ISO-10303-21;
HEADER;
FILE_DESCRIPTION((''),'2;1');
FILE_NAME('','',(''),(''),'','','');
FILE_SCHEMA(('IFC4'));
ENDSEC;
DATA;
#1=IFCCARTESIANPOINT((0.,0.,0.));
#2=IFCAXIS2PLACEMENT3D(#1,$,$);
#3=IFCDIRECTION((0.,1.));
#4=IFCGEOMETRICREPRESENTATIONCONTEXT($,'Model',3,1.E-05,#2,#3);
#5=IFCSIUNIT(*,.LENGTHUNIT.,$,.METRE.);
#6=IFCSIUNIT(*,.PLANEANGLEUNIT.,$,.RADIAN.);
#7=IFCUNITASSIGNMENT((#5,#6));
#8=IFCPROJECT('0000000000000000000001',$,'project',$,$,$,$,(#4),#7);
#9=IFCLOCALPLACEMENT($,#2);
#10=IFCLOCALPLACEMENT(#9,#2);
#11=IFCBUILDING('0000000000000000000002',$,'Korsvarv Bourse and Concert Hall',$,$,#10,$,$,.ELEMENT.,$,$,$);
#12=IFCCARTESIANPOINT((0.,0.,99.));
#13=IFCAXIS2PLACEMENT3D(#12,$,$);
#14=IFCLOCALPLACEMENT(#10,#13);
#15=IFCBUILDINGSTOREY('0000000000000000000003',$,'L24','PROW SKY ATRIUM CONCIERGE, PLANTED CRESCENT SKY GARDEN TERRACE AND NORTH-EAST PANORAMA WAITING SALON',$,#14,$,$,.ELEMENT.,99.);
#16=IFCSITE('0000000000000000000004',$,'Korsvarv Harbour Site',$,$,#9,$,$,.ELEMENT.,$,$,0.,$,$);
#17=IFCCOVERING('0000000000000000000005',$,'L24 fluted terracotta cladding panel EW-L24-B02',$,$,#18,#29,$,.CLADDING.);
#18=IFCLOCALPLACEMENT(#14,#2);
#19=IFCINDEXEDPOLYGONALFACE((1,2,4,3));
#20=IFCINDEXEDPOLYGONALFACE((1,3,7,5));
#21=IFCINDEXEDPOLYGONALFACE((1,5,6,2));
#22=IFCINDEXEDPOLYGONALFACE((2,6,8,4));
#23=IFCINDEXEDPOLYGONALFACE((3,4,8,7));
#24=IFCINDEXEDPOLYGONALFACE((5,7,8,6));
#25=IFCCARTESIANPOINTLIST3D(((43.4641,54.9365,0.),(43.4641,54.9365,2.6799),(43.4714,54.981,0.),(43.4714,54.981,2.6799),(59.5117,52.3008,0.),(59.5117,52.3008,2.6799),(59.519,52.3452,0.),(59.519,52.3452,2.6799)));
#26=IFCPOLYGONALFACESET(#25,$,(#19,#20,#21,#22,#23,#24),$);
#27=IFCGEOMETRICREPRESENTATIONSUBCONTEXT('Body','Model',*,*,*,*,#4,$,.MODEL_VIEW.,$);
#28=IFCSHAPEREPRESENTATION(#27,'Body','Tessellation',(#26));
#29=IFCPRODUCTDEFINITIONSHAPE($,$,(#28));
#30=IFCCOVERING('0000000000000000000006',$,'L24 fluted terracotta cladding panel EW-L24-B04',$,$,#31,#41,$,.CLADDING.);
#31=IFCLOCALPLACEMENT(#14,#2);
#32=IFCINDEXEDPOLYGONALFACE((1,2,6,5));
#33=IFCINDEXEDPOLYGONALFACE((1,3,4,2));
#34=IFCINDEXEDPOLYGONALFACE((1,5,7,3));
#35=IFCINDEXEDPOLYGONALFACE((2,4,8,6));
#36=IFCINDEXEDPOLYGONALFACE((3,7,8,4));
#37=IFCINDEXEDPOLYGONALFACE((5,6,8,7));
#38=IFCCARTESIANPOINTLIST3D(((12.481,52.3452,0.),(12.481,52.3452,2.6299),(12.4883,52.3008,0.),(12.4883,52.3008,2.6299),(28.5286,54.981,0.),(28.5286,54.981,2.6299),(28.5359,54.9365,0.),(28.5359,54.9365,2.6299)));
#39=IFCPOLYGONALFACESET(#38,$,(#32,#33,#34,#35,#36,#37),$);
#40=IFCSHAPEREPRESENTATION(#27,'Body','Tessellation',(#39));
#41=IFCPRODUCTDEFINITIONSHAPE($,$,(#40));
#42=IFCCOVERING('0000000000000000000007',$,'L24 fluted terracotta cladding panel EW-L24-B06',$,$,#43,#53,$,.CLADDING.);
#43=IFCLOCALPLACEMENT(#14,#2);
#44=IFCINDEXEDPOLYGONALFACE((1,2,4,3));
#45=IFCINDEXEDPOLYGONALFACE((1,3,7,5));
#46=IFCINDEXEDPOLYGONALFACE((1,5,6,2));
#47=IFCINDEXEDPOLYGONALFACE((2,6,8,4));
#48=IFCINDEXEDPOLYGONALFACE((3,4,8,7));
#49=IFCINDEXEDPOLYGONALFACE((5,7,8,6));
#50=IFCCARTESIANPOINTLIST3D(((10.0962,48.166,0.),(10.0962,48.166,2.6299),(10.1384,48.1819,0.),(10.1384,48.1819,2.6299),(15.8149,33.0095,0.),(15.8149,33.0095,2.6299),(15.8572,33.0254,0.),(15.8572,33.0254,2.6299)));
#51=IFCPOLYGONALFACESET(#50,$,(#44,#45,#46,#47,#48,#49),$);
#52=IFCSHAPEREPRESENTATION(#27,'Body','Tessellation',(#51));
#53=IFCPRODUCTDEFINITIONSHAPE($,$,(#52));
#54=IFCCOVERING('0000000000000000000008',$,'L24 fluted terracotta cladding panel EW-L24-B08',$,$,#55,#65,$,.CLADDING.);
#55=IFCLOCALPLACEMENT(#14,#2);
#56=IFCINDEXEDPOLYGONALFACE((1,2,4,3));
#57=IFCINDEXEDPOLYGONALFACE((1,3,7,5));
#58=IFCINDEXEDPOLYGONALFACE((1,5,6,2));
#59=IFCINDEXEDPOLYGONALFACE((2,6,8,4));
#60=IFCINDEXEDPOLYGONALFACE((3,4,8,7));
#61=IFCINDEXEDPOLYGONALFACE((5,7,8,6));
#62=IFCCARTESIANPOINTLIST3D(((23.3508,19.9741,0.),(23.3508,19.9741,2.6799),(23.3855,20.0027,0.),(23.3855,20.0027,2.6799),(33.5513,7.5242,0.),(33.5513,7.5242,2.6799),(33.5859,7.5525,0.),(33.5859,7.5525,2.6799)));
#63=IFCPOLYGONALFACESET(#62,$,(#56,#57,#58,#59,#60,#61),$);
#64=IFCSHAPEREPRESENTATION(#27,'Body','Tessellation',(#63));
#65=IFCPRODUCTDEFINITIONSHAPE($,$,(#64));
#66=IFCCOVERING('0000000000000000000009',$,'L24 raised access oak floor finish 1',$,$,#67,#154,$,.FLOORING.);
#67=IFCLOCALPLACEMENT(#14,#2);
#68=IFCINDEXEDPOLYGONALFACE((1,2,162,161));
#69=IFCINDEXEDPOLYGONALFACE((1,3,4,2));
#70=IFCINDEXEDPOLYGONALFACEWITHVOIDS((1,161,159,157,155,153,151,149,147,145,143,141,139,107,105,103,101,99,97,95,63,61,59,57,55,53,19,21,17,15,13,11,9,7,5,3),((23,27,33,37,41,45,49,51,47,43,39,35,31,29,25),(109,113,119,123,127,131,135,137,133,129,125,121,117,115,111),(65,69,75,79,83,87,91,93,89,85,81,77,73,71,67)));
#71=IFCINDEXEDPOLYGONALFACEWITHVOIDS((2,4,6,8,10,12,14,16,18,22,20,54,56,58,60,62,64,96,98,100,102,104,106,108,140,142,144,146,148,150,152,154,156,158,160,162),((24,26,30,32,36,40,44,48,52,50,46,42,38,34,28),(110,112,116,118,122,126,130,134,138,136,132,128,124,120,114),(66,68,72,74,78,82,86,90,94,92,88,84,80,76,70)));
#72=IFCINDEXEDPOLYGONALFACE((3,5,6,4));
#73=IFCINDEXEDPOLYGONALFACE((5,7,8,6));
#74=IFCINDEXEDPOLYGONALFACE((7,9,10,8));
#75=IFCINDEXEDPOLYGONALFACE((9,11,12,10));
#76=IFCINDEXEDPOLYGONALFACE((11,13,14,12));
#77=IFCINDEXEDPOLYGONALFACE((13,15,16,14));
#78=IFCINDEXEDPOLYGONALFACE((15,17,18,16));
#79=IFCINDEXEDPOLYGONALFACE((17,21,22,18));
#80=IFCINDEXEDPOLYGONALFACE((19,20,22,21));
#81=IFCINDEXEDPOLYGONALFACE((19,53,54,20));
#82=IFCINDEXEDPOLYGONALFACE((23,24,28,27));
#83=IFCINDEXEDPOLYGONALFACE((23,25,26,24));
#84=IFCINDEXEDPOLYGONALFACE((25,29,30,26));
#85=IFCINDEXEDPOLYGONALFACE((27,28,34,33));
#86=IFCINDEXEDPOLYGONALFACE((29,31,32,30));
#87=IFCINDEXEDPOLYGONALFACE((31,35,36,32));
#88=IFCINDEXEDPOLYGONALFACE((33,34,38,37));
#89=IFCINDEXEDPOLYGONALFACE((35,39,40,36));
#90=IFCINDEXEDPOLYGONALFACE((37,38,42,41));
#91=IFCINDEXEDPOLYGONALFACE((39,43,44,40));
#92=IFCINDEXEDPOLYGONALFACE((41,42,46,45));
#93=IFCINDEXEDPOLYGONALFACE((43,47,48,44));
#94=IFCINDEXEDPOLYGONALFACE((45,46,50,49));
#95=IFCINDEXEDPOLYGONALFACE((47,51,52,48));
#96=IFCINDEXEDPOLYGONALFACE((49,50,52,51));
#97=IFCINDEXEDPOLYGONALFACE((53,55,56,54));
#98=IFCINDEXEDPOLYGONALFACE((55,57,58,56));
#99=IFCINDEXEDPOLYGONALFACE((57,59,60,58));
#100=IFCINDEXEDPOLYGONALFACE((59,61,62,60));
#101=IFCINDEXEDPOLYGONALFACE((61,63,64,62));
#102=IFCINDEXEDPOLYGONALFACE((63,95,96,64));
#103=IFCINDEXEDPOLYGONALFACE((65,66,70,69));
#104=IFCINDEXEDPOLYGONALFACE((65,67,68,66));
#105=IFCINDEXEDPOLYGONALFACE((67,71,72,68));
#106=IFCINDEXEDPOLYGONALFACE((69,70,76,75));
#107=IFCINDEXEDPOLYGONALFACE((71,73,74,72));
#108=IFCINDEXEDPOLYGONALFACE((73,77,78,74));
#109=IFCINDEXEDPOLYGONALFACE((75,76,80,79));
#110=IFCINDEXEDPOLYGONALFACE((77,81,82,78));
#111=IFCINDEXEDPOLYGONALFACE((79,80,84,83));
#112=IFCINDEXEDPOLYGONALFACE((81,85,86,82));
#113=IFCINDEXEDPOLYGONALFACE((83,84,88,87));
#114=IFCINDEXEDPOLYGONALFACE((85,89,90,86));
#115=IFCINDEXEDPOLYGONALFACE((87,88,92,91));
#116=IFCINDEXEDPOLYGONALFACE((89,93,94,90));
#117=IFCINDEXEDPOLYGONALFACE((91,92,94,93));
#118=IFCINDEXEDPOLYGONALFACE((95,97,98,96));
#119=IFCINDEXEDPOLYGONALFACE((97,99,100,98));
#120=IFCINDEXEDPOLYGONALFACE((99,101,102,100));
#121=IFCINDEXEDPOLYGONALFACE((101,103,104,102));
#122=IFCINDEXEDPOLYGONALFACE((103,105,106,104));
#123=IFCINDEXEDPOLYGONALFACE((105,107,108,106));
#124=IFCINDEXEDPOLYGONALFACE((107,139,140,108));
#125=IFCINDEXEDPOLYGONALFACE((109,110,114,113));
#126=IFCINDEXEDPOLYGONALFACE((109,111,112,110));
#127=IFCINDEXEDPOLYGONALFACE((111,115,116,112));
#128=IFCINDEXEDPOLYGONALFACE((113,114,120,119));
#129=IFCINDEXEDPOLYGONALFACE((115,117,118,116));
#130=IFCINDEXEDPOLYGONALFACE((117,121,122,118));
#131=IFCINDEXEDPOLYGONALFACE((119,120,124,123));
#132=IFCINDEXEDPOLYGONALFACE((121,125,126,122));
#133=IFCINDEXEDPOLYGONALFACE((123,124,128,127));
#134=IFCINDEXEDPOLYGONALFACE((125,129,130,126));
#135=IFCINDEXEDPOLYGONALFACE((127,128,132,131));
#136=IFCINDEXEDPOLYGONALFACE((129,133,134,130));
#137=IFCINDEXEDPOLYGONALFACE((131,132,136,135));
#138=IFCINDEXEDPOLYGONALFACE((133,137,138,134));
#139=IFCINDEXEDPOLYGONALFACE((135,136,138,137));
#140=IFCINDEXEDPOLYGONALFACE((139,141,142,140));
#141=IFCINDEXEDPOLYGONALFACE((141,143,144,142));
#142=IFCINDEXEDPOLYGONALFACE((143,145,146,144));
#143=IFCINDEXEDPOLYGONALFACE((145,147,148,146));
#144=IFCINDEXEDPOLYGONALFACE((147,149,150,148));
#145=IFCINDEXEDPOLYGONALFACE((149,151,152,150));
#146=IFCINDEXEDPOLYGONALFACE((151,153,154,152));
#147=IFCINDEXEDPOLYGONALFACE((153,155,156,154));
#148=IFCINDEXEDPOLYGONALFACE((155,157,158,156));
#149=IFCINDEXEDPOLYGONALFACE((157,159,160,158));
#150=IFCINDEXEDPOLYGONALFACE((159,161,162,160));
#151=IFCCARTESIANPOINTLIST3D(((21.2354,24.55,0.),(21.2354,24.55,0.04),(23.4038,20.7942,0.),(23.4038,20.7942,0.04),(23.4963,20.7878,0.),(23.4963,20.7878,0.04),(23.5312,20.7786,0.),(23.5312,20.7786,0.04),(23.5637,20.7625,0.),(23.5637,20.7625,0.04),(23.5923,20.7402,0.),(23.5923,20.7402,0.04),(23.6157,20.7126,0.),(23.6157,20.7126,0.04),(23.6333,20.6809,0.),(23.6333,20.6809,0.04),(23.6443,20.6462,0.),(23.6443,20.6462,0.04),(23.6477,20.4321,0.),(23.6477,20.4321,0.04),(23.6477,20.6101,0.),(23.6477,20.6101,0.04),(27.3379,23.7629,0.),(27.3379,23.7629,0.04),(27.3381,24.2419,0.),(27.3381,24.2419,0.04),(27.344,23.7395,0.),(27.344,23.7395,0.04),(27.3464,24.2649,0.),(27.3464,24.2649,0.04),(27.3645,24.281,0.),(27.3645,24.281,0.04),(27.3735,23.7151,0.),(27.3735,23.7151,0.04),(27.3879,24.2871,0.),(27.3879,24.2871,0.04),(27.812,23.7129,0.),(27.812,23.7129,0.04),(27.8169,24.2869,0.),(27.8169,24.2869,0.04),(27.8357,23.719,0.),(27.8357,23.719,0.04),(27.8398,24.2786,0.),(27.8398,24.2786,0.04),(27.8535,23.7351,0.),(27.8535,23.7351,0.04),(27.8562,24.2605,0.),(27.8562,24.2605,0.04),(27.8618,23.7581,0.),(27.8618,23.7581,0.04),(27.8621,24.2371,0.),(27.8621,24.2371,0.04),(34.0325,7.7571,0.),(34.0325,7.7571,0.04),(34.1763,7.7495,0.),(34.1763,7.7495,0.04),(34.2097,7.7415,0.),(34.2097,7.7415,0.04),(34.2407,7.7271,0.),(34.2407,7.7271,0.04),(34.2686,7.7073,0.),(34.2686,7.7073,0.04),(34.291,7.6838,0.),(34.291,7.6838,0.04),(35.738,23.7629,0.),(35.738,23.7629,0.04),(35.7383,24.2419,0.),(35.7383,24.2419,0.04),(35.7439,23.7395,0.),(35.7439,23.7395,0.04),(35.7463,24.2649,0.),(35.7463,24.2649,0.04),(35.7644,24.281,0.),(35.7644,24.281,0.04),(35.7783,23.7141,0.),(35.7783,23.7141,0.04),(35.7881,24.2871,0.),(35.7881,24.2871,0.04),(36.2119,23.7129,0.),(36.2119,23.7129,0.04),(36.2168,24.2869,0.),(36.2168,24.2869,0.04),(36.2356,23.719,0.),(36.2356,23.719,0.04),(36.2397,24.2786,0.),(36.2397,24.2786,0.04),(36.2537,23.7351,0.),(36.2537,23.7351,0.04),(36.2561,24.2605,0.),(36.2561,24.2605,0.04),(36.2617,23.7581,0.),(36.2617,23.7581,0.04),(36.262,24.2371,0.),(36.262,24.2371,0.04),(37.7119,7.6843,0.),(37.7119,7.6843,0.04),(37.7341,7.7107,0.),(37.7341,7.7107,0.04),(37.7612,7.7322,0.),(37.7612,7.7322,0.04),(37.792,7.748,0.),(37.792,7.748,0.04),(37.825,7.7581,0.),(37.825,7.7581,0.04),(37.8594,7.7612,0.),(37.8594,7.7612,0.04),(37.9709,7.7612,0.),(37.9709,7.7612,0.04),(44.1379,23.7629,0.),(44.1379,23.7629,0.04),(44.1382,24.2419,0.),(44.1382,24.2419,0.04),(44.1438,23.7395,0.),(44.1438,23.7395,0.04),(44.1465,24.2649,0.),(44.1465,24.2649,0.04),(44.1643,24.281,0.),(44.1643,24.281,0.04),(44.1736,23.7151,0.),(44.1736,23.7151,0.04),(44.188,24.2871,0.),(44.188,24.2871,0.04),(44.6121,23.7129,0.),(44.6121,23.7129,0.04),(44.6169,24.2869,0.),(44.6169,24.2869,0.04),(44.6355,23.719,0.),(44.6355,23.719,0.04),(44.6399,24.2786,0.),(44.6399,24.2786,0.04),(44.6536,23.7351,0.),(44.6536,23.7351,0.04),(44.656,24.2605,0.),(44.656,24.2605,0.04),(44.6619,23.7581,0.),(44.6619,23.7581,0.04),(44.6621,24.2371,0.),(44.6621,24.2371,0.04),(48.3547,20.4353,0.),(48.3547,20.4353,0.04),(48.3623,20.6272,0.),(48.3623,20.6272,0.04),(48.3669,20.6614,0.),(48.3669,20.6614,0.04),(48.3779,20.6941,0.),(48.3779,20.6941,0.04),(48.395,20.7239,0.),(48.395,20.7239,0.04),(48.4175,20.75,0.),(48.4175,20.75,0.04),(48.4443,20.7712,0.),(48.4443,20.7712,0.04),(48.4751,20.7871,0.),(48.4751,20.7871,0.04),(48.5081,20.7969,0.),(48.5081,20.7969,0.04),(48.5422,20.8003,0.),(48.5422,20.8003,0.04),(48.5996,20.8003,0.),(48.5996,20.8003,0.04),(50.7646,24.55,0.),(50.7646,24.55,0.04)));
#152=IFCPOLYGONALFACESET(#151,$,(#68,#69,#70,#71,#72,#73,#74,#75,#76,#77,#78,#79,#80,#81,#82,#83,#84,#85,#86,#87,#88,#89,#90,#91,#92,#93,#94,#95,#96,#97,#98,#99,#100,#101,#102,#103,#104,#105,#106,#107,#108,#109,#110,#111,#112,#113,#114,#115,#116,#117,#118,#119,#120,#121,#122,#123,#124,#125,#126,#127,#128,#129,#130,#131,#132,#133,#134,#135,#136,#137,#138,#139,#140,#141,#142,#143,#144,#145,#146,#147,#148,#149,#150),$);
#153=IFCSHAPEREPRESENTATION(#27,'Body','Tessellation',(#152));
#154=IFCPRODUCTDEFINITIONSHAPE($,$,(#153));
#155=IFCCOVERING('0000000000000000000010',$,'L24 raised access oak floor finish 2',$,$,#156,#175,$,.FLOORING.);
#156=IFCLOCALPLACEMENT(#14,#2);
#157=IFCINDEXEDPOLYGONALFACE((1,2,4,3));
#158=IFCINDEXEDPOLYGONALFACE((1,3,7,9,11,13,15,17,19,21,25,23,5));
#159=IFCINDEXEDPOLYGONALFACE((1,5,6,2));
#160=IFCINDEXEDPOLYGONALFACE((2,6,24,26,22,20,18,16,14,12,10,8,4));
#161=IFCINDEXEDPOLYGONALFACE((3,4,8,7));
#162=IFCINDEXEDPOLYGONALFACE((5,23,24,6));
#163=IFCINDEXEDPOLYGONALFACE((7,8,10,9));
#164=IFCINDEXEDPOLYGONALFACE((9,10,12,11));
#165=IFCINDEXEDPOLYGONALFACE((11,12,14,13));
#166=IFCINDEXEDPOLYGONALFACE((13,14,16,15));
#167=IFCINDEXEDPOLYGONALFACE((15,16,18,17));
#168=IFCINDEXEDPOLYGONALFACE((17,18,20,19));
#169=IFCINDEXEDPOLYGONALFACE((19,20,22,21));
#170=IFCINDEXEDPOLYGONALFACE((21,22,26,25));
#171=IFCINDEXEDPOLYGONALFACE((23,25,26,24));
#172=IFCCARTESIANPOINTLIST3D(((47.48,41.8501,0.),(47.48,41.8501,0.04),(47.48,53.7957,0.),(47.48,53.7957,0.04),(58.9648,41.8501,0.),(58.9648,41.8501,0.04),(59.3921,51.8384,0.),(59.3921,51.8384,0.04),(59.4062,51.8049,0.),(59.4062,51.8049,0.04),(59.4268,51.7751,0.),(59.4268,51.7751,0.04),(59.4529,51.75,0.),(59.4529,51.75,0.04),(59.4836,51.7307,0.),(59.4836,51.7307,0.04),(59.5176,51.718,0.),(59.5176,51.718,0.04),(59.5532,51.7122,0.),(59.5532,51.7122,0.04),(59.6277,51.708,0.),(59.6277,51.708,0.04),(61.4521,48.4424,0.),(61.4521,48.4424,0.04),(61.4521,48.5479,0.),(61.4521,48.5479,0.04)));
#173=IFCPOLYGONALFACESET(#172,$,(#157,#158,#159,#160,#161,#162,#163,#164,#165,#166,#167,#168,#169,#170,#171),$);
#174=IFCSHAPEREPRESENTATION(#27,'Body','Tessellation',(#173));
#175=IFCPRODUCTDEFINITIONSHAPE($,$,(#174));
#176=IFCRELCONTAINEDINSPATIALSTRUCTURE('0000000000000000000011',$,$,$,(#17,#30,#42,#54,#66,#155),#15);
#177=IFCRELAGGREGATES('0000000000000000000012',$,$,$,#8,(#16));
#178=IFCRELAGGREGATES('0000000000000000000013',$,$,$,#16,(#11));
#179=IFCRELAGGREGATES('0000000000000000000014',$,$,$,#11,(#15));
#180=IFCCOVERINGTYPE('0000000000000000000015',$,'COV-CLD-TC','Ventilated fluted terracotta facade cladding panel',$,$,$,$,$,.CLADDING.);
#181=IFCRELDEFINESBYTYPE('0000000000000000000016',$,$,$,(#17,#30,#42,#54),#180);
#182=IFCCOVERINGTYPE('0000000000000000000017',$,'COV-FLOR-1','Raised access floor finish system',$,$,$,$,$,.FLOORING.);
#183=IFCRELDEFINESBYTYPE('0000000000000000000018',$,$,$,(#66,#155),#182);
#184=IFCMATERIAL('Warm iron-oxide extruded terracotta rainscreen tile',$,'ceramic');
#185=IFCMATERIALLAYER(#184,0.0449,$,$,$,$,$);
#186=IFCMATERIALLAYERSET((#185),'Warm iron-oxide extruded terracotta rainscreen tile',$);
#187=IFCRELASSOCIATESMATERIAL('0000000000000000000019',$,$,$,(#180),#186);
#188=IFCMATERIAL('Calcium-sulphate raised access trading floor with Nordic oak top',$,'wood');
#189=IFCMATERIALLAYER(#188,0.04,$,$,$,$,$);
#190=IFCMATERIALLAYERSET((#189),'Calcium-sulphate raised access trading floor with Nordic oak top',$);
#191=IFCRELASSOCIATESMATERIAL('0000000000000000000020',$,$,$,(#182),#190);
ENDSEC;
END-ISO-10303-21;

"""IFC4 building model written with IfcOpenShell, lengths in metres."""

from ifc_helpers import new_model, si_unit, direction, frame, origin, place, context, subcontext, project, spatial, polyline, outline, extrude, material, layer, layer_set, type_object, element, save


model = new_model("IFC4")

# Units and contexts
model_context = context("Model", 3, precision=1e-05, world=origin(), true_north=direction((0.0, 1.0)))
body_context = subcontext(model_context, "Body", "Model", "MODEL_VIEW")
ifc_project = project(units=[si_unit("LENGTHUNIT", "METRE"), si_unit("PLANEANGLEUNIT", "RADIAN")], contexts=[model_context])

# Site, building, storey
site_placement = place(None, origin())
site = spatial("IfcSite", under=ifc_project, at=site_placement, Name="Korsvarv Harbour Site", CompositionType="ELEMENT", RefElevation=0.0)
building_placement = place(site_placement, origin())
building = spatial("IfcBuilding", under=site, at=building_placement, Name="Korsvarv Bourse and Concert Hall", CompositionType="ELEMENT")
storey_placement = place(building_placement, frame((0.0, 0.0, 99.0)))
storey = spatial("IfcBuildingStorey", under=building, at=storey_placement, Name="L24", Description="PROW SKY ATRIUM CONCIERGE, PLANTED CRESCENT SKY GARDEN TERRACE AND NORTH-EAST PANORAMA WAITING SALON", CompositionType="ELEMENT", Elevation=99.0)

# Coverings
ifc_material_1 = material(Name="Warm iron-oxide extruded terracotta rainscreen tile", Category="ceramic")
ifc_layer_1 = layer(ifc_material_1, 0.0449)
ifc_layer_set_1 = layer_set([ifc_layer_1], Name="Warm iron-oxide extruded terracotta rainscreen tile")
covering_type_1 = type_object("IfcCoveringType", Name="COV-CLD-TC", Description="Ventilated fluted terracotta facade cladding panel", PredefinedType="CLADDING", material=ifc_layer_set_1)
covering_1_placement = place(storey_placement, origin())
element("IfcCovering", 1, at=covering_1_placement, inside=storey, type_object=covering_type_1, Name="L24 fluted terracotta cladding panel EW-L24-B02", PredefinedType="CLADDING", context=body_context, shape_type="SweptSolid", body=[
    extrude(outline(polyline([(59.5117, 52.3008), (43.4641, 54.9365), (43.4714, 54.981), (59.519, 52.3452), (59.5117, 52.3008)])), origin(), (0.0, 0.0, 1.0), 2.6799),
])
covering_2_placement = place(storey_placement, origin())
element("IfcCovering", 2, at=covering_2_placement, inside=storey, type_object=covering_type_1, Name="L24 fluted terracotta cladding panel EW-L24-B04", PredefinedType="CLADDING", context=body_context, shape_type="SweptSolid", body=[
    extrude(outline(polyline([(28.5359, 54.9365), (12.4883, 52.3008), (12.481, 52.3452), (28.5286, 54.981), (28.5359, 54.9365)])), origin(), (0.0, 0.0, 1.0), 2.6299),
])
covering_3_placement = place(storey_placement, origin())
element("IfcCovering", 3, at=covering_3_placement, inside=storey, type_object=covering_type_1, Name="L24 fluted terracotta cladding panel EW-L24-B06", PredefinedType="CLADDING", context=body_context, shape_type="SweptSolid", body=[
    extrude(outline(polyline([(10.1384, 48.1819), (15.8572, 33.0254), (15.8149, 33.0095), (10.0962, 48.166), (10.1384, 48.1819)])), origin(), (0.0, 0.0, 1.0), 2.6299),
])
covering_4_placement = place(storey_placement, origin())
element("IfcCovering", 4, at=covering_4_placement, inside=storey, type_object=covering_type_1, Name="L24 fluted terracotta cladding panel EW-L24-B08", PredefinedType="CLADDING", context=body_context, shape_type="SweptSolid", body=[
    extrude(outline(polyline([(23.3855, 20.0027), (33.5859, 7.5525), (33.5513, 7.5242), (23.3508, 19.9741), (23.3855, 20.0027)])), origin(), (0.0, 0.0, 1.0), 2.6799),
])
ifc_material_2 = material(Name="Calcium-sulphate raised access trading floor with Nordic oak top", Category="wood")
ifc_layer_2 = layer(ifc_material_2, 0.04)
ifc_layer_set_2 = layer_set([ifc_layer_2], Name="Calcium-sulphate raised access trading floor with Nordic oak top")
covering_type_2 = type_object("IfcCoveringType", Name="COV-FLOR-1", Description="Raised access floor finish system", PredefinedType="FLOORING", material=ifc_layer_set_2)
covering_5_placement = place(storey_placement, origin())
element("IfcCovering", 5, at=covering_5_placement, inside=storey, type_object=covering_type_2, Name="L24 raised access oak floor finish 1", PredefinedType="FLOORING", context=body_context, shape_type="SweptSolid", body=[
    extrude(outline(polyline([(23.6477, 20.6101), (23.6443, 20.6462), (23.6333, 20.6809), (23.6157, 20.7126), (23.5923, 20.7402), (23.5637, 20.7625), (23.5312, 20.7786), (23.4963, 20.7878), (23.4038, 20.7942), (21.2354, 24.55), (50.7646, 24.55), (48.5996, 20.8003), (48.5422, 20.8003), (48.5081, 20.7969), (48.4751, 20.7871), (48.4443, 20.7712), (48.4175, 20.75), (48.395, 20.7239), (48.3779, 20.6941), (48.3669, 20.6614), (48.3623, 20.6272), (48.3547, 20.4353), (37.9709, 7.7612), (37.8594, 7.7612), (37.825, 7.7581), (37.792, 7.748), (37.7612, 7.7322), (37.7341, 7.7107), (37.7119, 7.6843), (34.291, 7.6838), (34.2686, 7.7073), (34.2407, 7.7271), (34.2097, 7.7415), (34.1763, 7.7495), (34.0325, 7.7571), (23.6477, 20.4321), (23.6477, 20.6101)]), holes=[polyline([(27.3735, 23.7151), (27.812, 23.7129), (27.8357, 23.719), (27.8535, 23.7351), (27.8618, 23.7581), (27.8621, 24.2371), (27.8562, 24.2605), (27.8398, 24.2786), (27.8169, 24.2869), (27.3879, 24.2871), (27.3645, 24.281), (27.3464, 24.2649), (27.3381, 24.2419), (27.3379, 23.7629), (27.344, 23.7395), (27.3735, 23.7151)]), polyline([(35.7783, 23.7141), (36.2119, 23.7129), (36.2356, 23.719), (36.2537, 23.7351), (36.2617, 23.7581), (36.262, 24.2371), (36.2561, 24.2605), (36.2397, 24.2786), (36.2168, 24.2869), (35.7881, 24.2871), (35.7644, 24.281), (35.7463, 24.2649), (35.7383, 24.2419), (35.738, 23.7629), (35.7439, 23.7395), (35.7783, 23.7141)]), polyline([(44.1736, 23.7151), (44.6121, 23.7129), (44.6355, 23.719), (44.6536, 23.7351), (44.6619, 23.7581), (44.6621, 24.2371), (44.656, 24.2605), (44.6399, 24.2786), (44.6169, 24.2869), (44.188, 24.2871), (44.1643, 24.281), (44.1465, 24.2649), (44.1382, 24.2419), (44.1379, 23.7629), (44.1438, 23.7395), (44.1736, 23.7151)])]), origin(), (0.0, 0.0, 1.0), 0.04),
])
covering_6_placement = place(storey_placement, origin())
element("IfcCovering", 6, at=covering_6_placement, inside=storey, type_object=covering_type_2, Name="L24 raised access oak floor finish 2", PredefinedType="FLOORING", context=body_context, shape_type="SweptSolid", body=[
    extrude(outline(polyline([(59.3921, 51.8384), (59.4062, 51.8049), (59.4268, 51.7751), (59.4529, 51.75), (59.4836, 51.7307), (59.5176, 51.718), (59.5532, 51.7122), (59.6277, 51.708), (61.4521, 48.5479), (61.4521, 48.4424), (58.9648, 41.8501), (47.48, 41.8501), (47.48, 53.7957), (59.3921, 51.8384)])), origin(), (0.0, 0.0, 1.0), 0.04),
])

save(model, "model.ifc")
